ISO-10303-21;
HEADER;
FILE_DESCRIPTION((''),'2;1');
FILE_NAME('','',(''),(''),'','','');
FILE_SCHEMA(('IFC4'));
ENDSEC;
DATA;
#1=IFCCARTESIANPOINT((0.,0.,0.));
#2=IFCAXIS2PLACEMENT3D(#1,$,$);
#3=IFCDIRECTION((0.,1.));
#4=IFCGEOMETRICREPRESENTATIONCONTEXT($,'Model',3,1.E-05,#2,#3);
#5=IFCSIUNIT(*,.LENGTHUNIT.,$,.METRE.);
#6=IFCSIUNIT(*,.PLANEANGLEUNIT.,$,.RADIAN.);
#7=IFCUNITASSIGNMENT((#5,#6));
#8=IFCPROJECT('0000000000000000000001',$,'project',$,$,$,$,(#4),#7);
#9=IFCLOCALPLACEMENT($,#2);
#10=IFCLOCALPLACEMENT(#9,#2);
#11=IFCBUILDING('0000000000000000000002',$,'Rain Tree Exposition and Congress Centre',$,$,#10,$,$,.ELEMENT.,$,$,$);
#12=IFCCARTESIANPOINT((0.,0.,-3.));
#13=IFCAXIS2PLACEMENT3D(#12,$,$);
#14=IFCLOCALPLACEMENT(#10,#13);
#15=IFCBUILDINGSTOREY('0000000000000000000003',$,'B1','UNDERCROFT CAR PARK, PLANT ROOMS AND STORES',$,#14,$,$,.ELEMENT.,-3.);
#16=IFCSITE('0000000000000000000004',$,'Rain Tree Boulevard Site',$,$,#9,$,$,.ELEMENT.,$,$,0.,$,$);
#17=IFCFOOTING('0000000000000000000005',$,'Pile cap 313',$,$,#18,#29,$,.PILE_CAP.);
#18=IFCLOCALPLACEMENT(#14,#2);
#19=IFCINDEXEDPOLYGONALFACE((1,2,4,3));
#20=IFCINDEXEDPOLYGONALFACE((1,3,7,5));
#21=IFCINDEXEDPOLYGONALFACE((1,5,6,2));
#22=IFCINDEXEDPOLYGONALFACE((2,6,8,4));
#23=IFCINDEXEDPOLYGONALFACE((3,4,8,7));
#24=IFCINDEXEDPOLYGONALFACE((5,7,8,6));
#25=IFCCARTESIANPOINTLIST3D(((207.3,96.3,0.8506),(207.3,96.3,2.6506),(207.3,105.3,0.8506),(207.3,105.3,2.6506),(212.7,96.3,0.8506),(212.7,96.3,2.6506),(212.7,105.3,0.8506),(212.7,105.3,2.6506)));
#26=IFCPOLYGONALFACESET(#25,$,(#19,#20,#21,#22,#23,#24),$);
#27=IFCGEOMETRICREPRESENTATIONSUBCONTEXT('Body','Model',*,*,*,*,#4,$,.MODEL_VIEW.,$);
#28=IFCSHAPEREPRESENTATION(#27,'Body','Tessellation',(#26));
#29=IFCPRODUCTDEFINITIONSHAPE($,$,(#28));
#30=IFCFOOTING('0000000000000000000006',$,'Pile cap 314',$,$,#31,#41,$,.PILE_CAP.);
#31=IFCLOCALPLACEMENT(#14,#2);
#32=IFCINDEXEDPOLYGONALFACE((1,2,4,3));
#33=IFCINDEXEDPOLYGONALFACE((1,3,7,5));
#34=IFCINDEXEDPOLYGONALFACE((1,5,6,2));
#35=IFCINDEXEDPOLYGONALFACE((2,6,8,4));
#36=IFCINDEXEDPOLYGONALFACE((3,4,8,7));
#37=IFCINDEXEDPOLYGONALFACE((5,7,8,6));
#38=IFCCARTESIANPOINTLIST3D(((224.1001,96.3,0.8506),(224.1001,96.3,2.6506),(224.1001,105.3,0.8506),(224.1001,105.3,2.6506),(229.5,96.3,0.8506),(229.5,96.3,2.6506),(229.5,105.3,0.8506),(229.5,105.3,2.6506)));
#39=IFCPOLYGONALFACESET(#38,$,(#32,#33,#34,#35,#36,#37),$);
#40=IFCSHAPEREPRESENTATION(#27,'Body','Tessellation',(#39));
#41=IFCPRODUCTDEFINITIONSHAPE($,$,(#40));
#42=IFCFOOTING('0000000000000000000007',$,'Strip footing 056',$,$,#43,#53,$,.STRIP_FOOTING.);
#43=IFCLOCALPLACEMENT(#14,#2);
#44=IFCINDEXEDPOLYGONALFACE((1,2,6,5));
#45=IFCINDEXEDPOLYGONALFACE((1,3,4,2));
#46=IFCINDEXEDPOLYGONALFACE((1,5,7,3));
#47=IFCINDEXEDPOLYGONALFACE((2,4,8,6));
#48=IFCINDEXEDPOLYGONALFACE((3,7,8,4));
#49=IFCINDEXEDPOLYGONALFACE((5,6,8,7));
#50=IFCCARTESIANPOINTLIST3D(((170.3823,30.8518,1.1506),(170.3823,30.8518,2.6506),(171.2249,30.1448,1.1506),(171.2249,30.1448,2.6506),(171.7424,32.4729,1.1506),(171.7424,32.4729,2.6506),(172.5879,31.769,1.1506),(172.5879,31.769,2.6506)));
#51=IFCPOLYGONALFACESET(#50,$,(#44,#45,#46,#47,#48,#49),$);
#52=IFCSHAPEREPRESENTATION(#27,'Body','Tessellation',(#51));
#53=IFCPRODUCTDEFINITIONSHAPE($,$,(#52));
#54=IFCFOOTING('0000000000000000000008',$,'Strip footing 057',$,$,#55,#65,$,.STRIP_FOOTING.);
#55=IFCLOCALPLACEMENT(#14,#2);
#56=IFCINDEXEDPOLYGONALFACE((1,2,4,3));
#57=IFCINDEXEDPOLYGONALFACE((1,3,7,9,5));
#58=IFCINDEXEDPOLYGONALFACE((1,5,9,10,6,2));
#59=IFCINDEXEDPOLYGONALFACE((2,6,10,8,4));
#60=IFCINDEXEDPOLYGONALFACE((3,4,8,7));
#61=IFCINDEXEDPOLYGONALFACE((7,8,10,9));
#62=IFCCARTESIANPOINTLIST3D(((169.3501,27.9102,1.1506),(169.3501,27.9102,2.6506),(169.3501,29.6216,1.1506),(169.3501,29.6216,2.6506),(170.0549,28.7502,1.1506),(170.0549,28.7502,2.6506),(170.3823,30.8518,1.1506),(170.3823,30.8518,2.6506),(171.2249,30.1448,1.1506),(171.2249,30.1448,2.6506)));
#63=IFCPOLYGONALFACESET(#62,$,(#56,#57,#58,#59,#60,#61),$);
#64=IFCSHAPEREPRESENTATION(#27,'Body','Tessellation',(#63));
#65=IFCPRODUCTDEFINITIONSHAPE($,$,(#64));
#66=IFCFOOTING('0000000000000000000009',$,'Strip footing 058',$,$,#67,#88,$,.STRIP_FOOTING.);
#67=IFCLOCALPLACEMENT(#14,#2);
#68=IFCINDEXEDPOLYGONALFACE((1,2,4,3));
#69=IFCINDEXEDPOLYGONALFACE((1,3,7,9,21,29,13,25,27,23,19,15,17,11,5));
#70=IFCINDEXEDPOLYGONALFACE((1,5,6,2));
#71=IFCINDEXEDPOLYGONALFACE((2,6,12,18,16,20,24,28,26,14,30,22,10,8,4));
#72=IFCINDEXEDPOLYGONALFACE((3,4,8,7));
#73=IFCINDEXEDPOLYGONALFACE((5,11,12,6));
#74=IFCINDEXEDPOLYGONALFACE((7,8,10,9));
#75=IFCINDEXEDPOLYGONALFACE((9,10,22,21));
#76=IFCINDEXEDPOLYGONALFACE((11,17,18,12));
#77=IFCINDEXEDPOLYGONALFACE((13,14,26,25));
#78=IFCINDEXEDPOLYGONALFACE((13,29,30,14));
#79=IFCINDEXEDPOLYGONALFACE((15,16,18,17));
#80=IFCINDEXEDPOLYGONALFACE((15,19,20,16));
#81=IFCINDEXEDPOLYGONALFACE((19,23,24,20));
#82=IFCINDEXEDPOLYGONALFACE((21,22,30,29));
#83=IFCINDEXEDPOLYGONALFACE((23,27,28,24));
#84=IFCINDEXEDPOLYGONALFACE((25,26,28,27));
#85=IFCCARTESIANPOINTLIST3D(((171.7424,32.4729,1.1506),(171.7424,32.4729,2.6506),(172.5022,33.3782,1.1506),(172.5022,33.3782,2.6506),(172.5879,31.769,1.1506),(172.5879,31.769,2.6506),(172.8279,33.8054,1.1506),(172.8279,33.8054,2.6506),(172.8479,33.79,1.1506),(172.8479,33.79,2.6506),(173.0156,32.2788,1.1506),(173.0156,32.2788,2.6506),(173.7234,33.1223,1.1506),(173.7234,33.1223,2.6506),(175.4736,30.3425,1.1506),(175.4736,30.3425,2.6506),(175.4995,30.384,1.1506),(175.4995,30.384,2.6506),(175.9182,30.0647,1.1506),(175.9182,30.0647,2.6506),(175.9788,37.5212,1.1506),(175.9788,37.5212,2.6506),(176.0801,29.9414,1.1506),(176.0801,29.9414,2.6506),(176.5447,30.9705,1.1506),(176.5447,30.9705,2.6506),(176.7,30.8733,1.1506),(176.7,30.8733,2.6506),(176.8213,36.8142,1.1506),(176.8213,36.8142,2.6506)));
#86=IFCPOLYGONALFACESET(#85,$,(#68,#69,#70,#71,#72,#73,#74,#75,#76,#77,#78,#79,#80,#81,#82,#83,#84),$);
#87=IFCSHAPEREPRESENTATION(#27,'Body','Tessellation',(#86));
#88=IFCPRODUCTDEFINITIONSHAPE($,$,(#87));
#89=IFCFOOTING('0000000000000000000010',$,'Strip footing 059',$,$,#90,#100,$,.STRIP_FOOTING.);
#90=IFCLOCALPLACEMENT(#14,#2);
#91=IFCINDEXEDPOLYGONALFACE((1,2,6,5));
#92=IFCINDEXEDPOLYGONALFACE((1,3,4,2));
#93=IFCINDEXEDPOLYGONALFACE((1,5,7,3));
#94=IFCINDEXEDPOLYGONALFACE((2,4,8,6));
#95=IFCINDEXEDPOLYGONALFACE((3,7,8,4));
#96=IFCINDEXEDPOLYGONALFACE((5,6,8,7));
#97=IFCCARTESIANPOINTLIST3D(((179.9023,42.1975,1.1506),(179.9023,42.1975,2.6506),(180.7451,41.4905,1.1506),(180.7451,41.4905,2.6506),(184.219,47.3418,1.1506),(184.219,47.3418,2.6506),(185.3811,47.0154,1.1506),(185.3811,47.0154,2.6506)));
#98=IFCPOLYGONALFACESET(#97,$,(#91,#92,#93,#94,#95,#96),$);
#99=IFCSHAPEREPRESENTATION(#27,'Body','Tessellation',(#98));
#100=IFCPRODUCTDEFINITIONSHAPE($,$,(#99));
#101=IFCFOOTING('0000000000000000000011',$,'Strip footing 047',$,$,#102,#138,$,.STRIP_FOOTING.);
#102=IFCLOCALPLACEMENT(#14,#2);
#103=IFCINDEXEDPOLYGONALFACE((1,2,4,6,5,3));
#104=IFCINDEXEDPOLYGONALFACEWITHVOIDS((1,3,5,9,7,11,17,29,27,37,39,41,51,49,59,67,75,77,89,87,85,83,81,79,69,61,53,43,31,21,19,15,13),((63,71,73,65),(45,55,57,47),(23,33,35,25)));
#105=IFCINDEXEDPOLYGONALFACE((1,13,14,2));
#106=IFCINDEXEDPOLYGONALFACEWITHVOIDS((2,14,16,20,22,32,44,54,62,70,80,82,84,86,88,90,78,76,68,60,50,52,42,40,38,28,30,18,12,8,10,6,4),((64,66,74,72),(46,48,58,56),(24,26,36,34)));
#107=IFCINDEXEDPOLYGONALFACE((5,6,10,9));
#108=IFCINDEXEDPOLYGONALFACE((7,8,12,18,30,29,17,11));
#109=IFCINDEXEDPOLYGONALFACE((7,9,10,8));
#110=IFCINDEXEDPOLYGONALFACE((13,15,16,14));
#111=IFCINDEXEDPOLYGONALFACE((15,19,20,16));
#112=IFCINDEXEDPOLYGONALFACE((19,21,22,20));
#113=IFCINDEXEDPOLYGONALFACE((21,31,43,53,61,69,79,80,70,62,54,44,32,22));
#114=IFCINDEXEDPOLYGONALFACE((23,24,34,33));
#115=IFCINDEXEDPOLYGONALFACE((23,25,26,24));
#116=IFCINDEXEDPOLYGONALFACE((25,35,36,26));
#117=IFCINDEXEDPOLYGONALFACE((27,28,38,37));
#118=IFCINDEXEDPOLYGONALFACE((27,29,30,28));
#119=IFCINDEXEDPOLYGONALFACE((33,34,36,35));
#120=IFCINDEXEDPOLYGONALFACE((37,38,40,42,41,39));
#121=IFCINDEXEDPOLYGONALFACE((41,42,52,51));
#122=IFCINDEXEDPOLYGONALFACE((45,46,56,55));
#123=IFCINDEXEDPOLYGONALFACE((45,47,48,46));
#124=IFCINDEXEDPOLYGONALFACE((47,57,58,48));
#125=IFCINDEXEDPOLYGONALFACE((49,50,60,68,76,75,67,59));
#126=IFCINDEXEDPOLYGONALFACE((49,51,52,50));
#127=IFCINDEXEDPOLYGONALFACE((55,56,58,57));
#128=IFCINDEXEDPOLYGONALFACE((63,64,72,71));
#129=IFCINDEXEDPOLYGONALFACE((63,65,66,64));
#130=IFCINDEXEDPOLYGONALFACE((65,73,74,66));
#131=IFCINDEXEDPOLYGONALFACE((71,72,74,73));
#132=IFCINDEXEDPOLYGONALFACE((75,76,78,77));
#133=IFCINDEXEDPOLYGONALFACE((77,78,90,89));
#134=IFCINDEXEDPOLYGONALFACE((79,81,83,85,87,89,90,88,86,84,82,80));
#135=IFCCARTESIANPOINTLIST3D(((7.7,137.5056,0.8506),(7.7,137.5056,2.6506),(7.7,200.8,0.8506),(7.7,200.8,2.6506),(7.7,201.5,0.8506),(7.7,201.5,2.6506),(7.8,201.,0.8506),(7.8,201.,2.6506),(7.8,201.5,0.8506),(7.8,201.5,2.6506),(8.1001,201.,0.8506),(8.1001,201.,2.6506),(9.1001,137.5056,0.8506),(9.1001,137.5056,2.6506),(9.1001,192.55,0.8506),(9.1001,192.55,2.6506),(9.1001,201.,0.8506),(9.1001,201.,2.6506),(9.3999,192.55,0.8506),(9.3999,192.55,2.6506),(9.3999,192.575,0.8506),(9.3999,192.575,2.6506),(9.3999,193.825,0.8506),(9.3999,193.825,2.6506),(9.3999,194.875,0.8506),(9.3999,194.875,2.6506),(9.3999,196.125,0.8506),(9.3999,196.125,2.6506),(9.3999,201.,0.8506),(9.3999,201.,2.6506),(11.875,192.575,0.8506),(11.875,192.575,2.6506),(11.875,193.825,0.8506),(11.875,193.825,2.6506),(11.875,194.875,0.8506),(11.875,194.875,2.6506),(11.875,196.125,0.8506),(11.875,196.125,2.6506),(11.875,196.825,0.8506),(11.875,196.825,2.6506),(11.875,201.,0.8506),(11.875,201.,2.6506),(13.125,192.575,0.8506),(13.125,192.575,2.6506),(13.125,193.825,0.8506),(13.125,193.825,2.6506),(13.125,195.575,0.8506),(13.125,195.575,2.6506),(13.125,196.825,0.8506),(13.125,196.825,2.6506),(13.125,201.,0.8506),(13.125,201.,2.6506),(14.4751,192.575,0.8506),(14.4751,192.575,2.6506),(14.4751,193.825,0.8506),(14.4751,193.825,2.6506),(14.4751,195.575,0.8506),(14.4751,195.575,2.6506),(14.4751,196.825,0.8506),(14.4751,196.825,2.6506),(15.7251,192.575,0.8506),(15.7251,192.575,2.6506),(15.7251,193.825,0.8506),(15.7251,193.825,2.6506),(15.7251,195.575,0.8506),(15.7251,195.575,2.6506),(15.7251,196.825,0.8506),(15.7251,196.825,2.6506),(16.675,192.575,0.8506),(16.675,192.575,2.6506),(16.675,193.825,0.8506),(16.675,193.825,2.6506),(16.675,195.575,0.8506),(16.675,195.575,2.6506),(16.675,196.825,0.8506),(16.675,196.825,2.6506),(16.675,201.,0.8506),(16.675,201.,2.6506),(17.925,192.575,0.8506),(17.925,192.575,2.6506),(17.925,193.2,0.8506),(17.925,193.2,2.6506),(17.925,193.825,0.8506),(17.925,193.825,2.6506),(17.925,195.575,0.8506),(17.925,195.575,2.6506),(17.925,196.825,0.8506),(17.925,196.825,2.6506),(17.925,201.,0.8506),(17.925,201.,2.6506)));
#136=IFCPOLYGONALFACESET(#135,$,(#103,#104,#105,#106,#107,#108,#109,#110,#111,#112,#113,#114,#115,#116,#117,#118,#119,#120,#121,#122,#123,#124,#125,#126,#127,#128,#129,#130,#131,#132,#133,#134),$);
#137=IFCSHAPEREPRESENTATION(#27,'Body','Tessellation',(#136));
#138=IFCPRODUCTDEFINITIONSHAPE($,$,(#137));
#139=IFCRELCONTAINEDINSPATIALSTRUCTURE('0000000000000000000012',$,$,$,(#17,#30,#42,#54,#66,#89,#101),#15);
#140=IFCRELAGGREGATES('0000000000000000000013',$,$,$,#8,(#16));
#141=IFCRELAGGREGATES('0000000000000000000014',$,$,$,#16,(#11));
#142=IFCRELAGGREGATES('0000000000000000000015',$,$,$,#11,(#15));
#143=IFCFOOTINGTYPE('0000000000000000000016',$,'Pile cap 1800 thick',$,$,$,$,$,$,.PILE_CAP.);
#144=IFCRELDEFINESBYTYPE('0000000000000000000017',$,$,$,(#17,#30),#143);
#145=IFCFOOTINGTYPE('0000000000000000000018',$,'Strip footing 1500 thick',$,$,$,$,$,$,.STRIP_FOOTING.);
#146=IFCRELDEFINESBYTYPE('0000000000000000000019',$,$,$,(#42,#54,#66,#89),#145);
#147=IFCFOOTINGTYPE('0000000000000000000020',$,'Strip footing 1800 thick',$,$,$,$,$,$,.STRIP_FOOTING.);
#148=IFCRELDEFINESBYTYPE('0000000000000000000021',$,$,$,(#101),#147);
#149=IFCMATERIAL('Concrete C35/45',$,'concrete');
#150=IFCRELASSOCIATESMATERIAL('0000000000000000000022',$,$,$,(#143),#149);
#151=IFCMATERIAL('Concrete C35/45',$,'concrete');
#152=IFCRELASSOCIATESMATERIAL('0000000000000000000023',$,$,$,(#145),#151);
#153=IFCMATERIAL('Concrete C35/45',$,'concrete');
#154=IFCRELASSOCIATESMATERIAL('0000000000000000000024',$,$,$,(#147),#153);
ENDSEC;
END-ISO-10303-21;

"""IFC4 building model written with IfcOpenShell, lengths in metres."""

from ifc_helpers import new_model, si_unit, direction, frame, origin, place, context, subcontext, project, spatial, polyline, outline, extrude, material, type_object, element, save


model = new_model("IFC4")

# Units and contexts
model_context = context("Model", 3, precision=1e-05, world=origin(), true_north=direction((0.0, 1.0)))
body_context = subcontext(model_context, "Body", "Model", "MODEL_VIEW")
ifc_project = project(units=[si_unit("LENGTHUNIT", "METRE"), si_unit("PLANEANGLEUNIT", "RADIAN")], contexts=[model_context])

# Site, building, storey
site_placement = place(None, origin())
site = spatial("IfcSite", under=ifc_project, at=site_placement, Name="Rain Tree Boulevard Site", CompositionType="ELEMENT", RefElevation=0.0)
building_placement = place(site_placement, origin())
building = spatial("IfcBuilding", under=site, at=building_placement, Name="Rain Tree Exposition and Congress Centre", CompositionType="ELEMENT")
storey_placement = place(building_placement, frame((0.0, 0.0, -3.0)))
storey = spatial("IfcBuildingStorey", under=building, at=storey_placement, Name="B1", Description="UNDERCROFT CAR PARK, PLANT ROOMS AND STORES", CompositionType="ELEMENT", Elevation=-3.0)

# Footings
ifc_material_1 = material(Name="Concrete C35/45", Category="concrete")
footing_type_1 = type_object("IfcFootingType", Name="Pile cap 1800 thick", PredefinedType="PILE_CAP", material=ifc_material_1)
footing_1_placement = place(storey_placement, frame((0.0, 0.0, 0.8506)))
element("IfcFooting", 1, at=footing_1_placement, inside=storey, type_object=footing_type_1, Name="Pile cap 313", PredefinedType="PILE_CAP", context=body_context, shape_type="SweptSolid", body=[
    extrude(outline(polyline([(207.3, 96.3), (212.7, 96.3), (212.7, 105.3), (207.3, 105.3), (207.3, 96.3)])), origin(), (0.0, 0.0, 1.0), 1.8),
])
footing_2_placement = place(storey_placement, frame((0.0, 0.0, 0.8506)))
element("IfcFooting", 2, at=footing_2_placement, inside=storey, type_object=footing_type_1, Name="Pile cap 314", PredefinedType="PILE_CAP", context=body_context, shape_type="SweptSolid", body=[
    extrude(outline(polyline([(224.1001, 96.3), (229.5, 96.3), (229.5, 105.3), (224.1001, 105.3), (224.1001, 96.3)])), origin(), (0.0, 0.0, 1.0), 1.8),
])
ifc_material_2 = material(Name="Concrete C35/45", Category="concrete")
footing_type_2 = type_object("IfcFootingType", Name="Strip footing 1500 thick", PredefinedType="STRIP_FOOTING", material=ifc_material_2)
footing_3_placement = place(storey_placement, frame((0.0, 0.0, 1.1506)))
element("IfcFooting", 3, at=footing_3_placement, inside=storey, type_object=footing_type_2, Name="Strip footing 056", PredefinedType="STRIP_FOOTING", context=body_context, shape_type="SweptSolid", body=[
    extrude(outline(polyline([(171.7424, 32.4729), (170.3823, 30.8518), (171.2249, 30.1448), (172.5879, 31.769), (171.7424, 32.4729)])), origin(), (0.0, 0.0, 1.0), 1.5),
])
footing_4_placement = place(storey_placement, frame((0.0, 0.0, 1.1506)))
element("IfcFooting", 4, at=footing_4_placement, inside=storey, type_object=footing_type_2, Name="Strip footing 057", PredefinedType="STRIP_FOOTING", context=body_context, shape_type="SweptSolid", body=[
    extrude(outline(polyline([(170.3823, 30.8518), (169.3501, 29.6216), (169.3501, 27.9102), (170.0549, 28.7502), (171.2249, 30.1448), (170.3823, 30.8518)])), origin(), (0.0, 0.0, 1.0), 1.5),
])
footing_5_placement = place(storey_placement, frame((0.0, 0.0, 1.1506)))
element("IfcFooting", 5, at=footing_5_placement, inside=storey, type_object=footing_type_2, Name="Strip footing 058", PredefinedType="STRIP_FOOTING", context=body_context, shape_type="SweptSolid", body=[
    extrude(outline(polyline([(172.5022, 33.3782), (171.7424, 32.4729), (172.5879, 31.769), (173.0156, 32.2788), (175.4995, 30.384), (175.4736, 30.3425), (175.9182, 30.0647), (176.0801, 29.9414), (176.7, 30.8733), (176.5447, 30.9705), (173.7234, 33.1223), (176.8213, 36.8142), (175.9788, 37.5212), (172.8479, 33.79), (172.8279, 33.8054), (172.5022, 33.3782)])), origin(), (0.0, 0.0, 1.0), 1.5),
])
footing_6_placement = place(storey_placement, frame((0.0, 0.0, 1.1506)))
element("IfcFooting", 6, at=footing_6_placement, inside=storey, type_object=footing_type_2, Name="Strip footing 059", PredefinedType="STRIP_FOOTING", context=body_context, shape_type="SweptSolid", body=[
    extrude(outline(polyline([(184.219, 47.3418), (179.9023, 42.1975), (180.7451, 41.4905), (185.3811, 47.0154), (184.219, 47.3418)])), origin(), (0.0, 0.0, 1.0), 1.5),
])
ifc_material_3 = material(Name="Concrete C35/45", Category="concrete")
footing_type_3 = type_object("IfcFootingType", Name="Strip footing 1800 thick", PredefinedType="STRIP_FOOTING", material=ifc_material_3)
footing_7_placement = place(storey_placement, frame((0.0, 0.0, 0.8506)))
element("IfcFooting", 7, at=footing_7_placement, inside=storey, type_object=footing_type_3, Name="Strip footing 047", PredefinedType="STRIP_FOOTING", context=body_context, shape_type="SweptSolid", body=[
    extrude(outline(polyline([(7.7, 200.8), (7.7, 137.5056), (9.1001, 137.5056), (9.1001, 192.55), (9.3999, 192.55), (9.3999, 192.575), (11.875, 192.575), (13.125, 192.575), (14.4751, 192.575), (15.7251, 192.575), (16.675, 192.575), (17.925, 192.575), (17.925, 193.2), (17.925, 193.825), (17.925, 195.575), (17.925, 196.825), (17.925, 201.0), (16.675, 201.0), (16.675, 196.825), (15.7251, 196.825), (14.4751, 196.825), (13.125, 196.825), (13.125, 201.0), (11.875, 201.0), (11.875, 196.825), (11.875, 196.125), (9.3999, 196.125), (9.3999, 201.0), (9.1001, 201.0), (8.1001, 201.0), (7.8, 201.0), (7.8, 201.5), (7.7, 201.5), (7.7, 200.8)]), holes=[polyline([(15.7251, 193.825), (16.675, 193.825), (16.675, 195.575), (15.7251, 195.575), (15.7251, 193.825)]), polyline([(13.125, 193.825), (14.4751, 193.825), (14.4751, 195.575), (13.125, 195.575), (13.125, 193.825)]), polyline([(9.3999, 193.825), (11.875, 193.825), (11.875, 194.875), (9.3999, 194.875), (9.3999, 193.825)])]), origin(), (0.0, 0.0, 1.0), 1.8),
])

save(model, "model.ifc")
